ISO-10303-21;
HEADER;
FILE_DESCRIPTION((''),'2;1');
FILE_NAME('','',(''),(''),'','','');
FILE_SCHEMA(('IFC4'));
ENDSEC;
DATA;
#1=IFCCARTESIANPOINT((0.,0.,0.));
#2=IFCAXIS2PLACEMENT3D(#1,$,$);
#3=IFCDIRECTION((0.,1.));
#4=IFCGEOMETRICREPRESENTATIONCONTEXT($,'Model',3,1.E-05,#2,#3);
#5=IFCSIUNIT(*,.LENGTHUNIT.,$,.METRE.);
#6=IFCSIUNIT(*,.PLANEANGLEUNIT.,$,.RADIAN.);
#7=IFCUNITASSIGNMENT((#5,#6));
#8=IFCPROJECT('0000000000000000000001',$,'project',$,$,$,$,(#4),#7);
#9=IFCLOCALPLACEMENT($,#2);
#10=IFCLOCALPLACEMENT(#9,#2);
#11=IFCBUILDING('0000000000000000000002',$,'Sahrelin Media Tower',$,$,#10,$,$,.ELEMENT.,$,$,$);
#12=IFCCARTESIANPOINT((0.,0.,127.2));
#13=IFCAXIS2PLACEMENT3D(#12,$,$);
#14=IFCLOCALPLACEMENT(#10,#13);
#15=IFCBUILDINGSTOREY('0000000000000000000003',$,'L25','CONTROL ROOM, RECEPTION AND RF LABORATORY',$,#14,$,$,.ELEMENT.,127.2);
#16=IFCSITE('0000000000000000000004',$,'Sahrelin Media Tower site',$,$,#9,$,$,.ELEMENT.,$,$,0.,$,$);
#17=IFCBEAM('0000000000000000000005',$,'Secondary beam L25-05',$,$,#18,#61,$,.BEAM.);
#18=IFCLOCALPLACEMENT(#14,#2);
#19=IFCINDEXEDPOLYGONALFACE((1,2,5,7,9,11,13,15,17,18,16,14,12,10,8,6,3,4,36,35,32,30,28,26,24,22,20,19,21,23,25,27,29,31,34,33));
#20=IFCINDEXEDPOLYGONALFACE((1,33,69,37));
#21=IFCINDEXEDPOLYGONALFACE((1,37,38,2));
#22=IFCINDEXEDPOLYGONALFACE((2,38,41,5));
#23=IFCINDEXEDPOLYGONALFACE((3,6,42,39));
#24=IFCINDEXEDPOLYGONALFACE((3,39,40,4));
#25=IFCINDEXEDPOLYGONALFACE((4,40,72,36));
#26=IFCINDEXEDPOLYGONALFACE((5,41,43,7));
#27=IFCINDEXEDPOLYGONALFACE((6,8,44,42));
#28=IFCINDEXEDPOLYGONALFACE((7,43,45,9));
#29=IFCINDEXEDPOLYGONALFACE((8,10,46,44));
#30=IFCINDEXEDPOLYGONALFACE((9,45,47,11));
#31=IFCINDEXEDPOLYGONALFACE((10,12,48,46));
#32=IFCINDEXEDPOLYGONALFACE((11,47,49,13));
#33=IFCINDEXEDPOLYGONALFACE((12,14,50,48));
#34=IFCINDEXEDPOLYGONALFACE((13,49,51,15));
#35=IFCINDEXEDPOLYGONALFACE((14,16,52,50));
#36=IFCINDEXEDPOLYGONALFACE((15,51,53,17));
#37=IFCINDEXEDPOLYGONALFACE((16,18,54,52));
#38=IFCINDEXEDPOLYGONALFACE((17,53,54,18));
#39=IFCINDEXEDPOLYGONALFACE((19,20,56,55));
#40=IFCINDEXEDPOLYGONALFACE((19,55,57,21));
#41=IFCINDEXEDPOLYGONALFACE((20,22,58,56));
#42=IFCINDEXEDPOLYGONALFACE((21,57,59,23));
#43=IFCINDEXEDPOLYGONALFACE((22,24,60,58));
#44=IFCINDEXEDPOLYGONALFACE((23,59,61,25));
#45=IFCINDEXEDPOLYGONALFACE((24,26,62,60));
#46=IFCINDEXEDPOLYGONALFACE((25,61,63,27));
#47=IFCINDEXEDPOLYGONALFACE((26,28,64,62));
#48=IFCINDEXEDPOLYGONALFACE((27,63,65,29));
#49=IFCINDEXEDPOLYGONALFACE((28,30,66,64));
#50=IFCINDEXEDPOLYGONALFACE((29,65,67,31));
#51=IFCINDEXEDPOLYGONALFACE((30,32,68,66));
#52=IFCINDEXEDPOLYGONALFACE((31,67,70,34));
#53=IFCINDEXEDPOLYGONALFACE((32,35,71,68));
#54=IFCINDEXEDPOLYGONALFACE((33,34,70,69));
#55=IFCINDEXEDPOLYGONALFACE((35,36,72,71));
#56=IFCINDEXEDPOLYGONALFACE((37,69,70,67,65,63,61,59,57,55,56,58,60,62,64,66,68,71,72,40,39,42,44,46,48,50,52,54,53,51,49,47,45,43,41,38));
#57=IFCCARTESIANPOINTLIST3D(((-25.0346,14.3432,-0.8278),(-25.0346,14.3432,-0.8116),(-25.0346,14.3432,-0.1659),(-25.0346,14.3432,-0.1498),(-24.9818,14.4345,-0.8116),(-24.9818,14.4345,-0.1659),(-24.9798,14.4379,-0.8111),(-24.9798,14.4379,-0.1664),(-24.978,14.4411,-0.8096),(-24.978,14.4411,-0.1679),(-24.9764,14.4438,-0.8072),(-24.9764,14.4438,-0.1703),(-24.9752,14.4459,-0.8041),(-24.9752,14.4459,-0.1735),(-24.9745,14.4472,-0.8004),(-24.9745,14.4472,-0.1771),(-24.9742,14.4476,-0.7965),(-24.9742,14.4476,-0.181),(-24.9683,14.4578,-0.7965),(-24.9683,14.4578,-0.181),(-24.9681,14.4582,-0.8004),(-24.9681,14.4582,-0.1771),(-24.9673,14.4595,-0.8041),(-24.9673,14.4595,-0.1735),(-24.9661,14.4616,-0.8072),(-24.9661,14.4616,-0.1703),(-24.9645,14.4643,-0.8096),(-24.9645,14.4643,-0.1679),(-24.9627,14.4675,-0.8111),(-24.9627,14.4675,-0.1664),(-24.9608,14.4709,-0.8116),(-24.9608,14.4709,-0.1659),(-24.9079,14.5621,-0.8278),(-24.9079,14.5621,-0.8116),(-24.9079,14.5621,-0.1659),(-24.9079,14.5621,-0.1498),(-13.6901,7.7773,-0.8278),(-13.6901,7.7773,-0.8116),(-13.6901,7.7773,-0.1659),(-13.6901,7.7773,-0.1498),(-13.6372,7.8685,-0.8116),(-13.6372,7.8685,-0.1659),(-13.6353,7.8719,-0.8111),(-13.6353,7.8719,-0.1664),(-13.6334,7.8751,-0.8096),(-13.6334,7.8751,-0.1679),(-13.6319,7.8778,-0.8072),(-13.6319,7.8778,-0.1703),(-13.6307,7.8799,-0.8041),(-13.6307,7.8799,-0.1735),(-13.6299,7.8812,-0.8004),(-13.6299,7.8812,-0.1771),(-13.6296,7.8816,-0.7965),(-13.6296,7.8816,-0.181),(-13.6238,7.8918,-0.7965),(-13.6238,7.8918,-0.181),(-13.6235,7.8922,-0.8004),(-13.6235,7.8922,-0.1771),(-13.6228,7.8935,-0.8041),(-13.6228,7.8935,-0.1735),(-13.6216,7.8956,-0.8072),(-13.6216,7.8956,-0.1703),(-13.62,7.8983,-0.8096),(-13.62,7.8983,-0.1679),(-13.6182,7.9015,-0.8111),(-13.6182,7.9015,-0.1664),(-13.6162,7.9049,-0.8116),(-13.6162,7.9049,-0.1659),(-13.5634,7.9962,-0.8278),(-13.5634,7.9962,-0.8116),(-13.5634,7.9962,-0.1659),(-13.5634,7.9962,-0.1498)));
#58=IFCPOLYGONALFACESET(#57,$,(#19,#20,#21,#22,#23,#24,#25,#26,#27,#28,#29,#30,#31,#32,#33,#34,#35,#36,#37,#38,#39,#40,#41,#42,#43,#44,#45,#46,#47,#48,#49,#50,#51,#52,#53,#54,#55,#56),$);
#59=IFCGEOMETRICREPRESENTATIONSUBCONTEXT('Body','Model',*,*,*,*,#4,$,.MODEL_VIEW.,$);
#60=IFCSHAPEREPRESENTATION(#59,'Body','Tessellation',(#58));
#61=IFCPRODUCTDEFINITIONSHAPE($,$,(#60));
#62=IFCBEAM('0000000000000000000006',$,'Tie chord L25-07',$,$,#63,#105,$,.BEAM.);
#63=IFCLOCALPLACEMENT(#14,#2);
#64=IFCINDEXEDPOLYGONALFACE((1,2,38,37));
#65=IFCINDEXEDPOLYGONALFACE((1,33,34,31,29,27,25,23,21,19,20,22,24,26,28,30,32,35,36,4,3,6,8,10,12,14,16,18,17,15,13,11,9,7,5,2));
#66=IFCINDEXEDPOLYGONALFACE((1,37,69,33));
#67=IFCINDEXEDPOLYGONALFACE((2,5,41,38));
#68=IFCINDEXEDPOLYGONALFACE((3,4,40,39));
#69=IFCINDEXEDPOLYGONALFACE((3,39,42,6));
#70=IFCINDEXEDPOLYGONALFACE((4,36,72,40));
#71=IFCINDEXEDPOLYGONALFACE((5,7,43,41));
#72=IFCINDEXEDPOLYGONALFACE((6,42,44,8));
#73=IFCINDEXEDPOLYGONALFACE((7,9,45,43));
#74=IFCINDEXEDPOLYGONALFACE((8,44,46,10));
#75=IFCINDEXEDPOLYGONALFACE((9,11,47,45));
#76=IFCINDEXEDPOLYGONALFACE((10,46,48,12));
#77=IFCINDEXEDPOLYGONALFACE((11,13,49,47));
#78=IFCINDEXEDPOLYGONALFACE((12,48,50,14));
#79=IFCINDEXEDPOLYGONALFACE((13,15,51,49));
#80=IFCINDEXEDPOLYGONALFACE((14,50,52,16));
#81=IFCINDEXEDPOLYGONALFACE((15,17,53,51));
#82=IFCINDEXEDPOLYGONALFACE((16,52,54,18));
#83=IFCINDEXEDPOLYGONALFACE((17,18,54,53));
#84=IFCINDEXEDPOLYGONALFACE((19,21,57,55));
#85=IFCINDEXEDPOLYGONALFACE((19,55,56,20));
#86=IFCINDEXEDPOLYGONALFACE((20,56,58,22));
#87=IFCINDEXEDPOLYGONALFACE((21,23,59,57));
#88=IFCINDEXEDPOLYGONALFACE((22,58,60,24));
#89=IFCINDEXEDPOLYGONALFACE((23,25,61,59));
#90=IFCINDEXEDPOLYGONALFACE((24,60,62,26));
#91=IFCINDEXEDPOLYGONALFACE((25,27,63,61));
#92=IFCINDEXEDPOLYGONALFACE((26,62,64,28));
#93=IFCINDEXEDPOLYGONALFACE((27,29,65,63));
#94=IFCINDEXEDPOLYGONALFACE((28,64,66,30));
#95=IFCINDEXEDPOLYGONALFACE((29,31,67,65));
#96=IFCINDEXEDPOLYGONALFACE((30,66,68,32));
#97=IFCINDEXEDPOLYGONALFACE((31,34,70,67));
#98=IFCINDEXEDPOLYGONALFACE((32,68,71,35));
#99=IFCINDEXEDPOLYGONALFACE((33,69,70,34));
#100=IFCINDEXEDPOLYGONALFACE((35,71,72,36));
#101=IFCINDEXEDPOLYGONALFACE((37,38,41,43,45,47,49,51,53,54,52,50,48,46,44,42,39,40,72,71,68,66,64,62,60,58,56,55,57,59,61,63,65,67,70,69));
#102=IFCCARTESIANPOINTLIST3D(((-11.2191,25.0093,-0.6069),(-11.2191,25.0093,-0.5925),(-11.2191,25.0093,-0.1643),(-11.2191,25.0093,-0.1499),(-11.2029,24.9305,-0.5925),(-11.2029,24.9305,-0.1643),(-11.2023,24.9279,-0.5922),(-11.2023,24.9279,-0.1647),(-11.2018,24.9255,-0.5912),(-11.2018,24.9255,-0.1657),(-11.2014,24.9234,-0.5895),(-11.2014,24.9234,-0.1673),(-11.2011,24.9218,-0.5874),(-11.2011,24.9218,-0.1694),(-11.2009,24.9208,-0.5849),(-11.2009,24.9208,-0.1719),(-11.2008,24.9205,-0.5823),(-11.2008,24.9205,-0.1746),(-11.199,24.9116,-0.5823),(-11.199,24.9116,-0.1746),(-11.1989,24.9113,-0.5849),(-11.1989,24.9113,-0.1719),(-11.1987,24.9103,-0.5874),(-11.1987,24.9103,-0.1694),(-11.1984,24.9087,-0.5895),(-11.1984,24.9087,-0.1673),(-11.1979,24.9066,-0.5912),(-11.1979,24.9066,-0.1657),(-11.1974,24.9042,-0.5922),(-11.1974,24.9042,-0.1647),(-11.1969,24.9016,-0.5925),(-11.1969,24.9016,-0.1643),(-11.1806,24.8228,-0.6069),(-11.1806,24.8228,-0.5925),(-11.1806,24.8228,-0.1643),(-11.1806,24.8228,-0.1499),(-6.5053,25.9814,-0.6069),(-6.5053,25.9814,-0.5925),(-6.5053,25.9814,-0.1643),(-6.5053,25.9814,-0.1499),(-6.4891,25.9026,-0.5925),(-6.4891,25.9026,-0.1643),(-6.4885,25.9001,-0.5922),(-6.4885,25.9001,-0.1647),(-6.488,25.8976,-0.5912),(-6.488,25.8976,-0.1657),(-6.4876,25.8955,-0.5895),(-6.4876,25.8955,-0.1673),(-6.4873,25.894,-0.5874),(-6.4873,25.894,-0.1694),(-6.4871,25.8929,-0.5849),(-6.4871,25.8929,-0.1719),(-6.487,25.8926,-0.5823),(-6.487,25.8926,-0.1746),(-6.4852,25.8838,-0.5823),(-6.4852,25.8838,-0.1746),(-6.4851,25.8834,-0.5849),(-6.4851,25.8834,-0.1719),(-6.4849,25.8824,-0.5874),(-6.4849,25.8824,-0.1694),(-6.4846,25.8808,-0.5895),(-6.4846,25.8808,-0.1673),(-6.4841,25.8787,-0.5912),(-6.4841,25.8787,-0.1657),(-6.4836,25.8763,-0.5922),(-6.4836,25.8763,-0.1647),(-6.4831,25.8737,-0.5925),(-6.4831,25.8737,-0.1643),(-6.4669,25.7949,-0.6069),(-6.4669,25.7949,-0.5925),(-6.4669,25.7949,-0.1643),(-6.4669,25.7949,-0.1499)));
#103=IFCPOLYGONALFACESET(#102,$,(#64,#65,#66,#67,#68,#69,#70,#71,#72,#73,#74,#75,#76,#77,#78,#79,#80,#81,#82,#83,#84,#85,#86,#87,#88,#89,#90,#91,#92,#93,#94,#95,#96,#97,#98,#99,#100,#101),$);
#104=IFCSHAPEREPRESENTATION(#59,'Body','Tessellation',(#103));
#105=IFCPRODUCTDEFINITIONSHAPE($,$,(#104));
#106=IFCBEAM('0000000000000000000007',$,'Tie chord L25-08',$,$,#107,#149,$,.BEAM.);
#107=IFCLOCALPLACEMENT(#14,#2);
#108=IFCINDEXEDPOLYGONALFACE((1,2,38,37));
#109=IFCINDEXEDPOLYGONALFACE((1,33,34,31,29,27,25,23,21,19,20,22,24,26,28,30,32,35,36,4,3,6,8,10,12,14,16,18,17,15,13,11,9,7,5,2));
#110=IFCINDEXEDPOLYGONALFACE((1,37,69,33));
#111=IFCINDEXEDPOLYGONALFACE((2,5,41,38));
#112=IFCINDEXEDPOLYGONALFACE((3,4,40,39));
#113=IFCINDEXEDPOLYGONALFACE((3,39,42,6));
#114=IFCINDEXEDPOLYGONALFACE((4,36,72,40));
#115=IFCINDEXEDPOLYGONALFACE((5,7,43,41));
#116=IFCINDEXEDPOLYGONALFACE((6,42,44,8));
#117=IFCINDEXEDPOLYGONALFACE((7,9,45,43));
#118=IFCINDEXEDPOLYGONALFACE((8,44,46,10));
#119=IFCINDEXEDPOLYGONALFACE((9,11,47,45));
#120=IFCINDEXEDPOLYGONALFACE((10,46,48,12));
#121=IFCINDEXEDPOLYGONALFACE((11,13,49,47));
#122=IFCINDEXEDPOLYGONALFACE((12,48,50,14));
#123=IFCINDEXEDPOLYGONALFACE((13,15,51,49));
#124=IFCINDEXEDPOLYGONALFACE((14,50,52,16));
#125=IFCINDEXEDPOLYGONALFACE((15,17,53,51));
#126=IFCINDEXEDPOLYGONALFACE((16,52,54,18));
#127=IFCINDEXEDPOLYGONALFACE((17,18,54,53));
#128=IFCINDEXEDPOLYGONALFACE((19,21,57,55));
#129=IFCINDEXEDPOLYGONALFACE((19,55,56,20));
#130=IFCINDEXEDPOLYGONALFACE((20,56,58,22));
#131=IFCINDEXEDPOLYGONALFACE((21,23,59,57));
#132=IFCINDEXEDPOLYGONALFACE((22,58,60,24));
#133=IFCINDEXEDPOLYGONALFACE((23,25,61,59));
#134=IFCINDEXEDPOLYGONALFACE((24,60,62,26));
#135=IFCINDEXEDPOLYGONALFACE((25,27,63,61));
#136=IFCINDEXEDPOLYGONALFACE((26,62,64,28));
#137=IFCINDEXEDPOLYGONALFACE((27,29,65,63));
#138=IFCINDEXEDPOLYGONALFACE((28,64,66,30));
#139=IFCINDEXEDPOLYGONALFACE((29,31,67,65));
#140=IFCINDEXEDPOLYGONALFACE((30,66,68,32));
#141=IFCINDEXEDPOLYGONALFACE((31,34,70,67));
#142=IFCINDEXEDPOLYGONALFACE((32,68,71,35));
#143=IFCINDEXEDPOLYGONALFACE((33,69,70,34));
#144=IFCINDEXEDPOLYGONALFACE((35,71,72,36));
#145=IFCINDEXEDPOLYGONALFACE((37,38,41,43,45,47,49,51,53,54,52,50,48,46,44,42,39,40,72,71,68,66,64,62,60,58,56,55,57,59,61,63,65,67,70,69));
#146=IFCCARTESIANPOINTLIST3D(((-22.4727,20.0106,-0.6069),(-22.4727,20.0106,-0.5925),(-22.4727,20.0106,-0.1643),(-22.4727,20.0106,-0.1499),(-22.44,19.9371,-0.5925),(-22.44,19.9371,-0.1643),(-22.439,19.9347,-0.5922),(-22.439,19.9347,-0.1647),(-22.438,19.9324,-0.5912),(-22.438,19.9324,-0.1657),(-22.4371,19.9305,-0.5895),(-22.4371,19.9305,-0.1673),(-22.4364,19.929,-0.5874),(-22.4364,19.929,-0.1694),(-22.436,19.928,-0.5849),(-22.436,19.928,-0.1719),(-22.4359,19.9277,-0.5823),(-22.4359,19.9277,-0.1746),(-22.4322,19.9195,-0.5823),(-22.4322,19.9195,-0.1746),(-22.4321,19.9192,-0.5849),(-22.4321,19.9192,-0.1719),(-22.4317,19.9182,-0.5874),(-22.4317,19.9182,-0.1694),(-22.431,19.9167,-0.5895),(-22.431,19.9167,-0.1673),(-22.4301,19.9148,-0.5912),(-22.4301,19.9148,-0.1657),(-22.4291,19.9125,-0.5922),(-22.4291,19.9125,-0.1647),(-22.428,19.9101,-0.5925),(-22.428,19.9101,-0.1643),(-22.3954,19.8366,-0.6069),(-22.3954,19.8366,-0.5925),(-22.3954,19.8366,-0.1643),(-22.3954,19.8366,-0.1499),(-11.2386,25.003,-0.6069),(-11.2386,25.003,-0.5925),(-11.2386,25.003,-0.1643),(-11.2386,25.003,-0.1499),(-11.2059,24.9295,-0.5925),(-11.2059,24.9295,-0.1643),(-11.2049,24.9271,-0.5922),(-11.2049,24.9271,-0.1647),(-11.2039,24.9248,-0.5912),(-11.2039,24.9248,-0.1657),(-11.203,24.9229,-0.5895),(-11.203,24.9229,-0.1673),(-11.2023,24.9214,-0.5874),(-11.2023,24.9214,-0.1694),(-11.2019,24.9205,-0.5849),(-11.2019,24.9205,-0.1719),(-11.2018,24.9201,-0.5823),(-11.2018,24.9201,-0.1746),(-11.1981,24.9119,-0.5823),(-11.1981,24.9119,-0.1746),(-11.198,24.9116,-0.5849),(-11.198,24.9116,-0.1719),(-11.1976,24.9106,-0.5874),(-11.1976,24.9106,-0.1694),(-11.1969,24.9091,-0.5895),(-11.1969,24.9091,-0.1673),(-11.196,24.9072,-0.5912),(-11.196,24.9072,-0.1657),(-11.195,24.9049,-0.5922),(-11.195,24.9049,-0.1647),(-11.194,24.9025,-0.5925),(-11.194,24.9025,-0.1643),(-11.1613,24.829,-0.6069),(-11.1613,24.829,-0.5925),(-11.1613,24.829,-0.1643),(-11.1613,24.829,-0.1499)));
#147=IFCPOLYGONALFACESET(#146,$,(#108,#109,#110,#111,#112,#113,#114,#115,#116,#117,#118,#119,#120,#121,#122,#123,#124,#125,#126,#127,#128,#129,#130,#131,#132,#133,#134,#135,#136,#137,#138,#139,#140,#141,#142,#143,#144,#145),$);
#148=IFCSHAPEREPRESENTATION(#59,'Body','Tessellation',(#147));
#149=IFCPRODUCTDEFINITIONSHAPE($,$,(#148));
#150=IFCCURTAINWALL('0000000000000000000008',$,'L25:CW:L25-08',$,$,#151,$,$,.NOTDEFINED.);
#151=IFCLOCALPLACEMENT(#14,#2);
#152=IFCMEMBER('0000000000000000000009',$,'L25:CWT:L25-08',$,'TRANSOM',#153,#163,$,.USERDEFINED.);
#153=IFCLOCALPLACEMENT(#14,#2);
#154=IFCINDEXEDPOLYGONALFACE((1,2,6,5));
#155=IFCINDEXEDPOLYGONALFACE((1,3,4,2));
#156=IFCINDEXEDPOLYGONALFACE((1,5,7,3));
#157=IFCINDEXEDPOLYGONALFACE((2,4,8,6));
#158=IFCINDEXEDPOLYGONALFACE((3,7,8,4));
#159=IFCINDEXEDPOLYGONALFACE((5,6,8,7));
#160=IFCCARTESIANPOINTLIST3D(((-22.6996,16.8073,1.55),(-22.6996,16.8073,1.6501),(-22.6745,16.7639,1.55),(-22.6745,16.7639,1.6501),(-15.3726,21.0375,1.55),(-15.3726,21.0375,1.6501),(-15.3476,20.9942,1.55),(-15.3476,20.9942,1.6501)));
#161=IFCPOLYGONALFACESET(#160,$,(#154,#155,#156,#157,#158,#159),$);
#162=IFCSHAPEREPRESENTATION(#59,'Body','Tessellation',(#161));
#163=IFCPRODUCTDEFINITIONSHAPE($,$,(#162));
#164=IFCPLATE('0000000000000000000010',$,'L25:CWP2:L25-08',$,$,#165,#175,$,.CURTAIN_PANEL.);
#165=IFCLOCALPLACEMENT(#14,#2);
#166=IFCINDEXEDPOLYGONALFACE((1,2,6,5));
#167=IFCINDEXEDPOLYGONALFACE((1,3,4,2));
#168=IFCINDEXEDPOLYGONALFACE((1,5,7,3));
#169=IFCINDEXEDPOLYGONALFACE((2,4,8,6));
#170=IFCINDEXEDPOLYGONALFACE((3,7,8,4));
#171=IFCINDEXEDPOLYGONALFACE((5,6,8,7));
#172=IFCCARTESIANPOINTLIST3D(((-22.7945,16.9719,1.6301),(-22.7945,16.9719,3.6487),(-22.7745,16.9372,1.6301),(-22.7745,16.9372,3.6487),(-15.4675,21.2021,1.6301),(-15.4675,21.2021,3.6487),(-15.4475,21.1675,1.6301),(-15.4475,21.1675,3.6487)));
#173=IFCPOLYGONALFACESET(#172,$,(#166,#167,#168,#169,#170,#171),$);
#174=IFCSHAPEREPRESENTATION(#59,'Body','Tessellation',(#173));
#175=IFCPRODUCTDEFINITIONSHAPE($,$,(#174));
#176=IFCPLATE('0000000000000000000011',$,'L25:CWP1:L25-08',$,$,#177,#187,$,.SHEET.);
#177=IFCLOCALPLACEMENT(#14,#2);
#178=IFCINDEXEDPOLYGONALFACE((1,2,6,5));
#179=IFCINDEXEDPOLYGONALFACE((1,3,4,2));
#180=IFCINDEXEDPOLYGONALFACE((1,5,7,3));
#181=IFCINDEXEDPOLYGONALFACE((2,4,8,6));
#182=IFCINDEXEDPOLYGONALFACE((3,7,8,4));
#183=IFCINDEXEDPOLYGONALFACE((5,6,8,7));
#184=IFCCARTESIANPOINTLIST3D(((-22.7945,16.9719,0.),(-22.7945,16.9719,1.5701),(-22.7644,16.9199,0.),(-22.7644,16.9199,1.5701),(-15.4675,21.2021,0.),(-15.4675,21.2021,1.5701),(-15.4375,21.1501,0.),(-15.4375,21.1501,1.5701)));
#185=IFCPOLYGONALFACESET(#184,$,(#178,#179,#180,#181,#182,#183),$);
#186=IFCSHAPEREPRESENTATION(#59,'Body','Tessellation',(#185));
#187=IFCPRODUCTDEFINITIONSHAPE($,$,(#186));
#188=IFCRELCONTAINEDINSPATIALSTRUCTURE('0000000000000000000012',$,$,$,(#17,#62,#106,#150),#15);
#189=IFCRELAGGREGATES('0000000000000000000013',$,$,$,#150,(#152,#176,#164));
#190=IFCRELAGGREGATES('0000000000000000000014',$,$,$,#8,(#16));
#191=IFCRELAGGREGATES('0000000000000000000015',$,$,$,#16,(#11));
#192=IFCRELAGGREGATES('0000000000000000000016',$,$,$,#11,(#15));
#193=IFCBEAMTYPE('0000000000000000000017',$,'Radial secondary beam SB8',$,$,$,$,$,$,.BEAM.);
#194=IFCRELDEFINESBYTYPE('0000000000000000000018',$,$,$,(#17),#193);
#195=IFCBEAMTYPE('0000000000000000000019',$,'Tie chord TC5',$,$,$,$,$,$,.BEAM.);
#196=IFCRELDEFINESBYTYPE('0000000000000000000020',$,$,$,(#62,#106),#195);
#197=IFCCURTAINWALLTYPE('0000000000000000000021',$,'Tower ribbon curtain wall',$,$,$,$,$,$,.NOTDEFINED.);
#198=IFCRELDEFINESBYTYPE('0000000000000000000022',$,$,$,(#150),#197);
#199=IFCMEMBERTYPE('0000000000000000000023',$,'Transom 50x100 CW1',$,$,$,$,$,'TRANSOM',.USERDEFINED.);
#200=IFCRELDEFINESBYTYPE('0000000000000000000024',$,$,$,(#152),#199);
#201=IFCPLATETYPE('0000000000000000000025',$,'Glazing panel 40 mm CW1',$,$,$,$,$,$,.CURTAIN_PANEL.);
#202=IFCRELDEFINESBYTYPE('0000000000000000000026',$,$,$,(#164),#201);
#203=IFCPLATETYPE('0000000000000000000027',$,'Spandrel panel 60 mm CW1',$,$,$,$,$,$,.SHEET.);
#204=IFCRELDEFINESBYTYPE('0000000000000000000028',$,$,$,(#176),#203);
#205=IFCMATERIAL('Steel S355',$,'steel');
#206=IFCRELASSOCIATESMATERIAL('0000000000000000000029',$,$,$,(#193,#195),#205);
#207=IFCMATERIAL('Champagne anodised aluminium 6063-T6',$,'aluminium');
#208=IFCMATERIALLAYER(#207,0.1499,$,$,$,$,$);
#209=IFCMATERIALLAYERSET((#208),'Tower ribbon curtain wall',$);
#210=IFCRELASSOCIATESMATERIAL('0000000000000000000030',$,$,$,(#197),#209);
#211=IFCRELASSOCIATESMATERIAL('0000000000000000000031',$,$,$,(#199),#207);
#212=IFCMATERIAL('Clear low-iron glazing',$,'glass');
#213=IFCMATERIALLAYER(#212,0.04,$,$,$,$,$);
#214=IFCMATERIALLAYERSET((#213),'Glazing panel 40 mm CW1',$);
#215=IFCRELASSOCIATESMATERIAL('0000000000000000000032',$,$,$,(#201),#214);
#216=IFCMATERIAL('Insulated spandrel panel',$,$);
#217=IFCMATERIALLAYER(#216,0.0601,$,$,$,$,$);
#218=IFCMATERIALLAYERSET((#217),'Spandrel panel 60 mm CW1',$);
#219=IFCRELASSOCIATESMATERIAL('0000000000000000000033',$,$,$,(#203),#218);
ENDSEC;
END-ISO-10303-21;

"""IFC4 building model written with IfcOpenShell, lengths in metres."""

from ifc_helpers import new_model, si_unit, direction, frame, origin, origin_2d, place, context, subcontext, project, spatial, polyline, rectangle, i_section, outline, extrude, material, layer, layer_set, material_profile, profile_set, type_object, element, aggregate, save


model = new_model("IFC4")

# Units and contexts
model_context = context("Model", 3, precision=1e-05, world=origin(), true_north=direction((0.0, 1.0)))
body_context = subcontext(model_context, "Body", "Model", "MODEL_VIEW")
ifc_project = project(units=[si_unit("LENGTHUNIT", "METRE"), si_unit("PLANEANGLEUNIT", "RADIAN")], contexts=[model_context])

# Site, building, storey
site_placement = place(None, origin())
site = spatial("IfcSite", under=ifc_project, at=site_placement, Name="Sahrelin Media Tower site", CompositionType="ELEMENT", RefElevation=0.0)
building_placement = place(site_placement, origin())
building = spatial("IfcBuilding", under=site, at=building_placement, Name="Sahrelin Media Tower", CompositionType="ELEMENT")
storey_placement = place(building_placement, frame((0.0, 0.0, 127.2)))
storey = spatial("IfcBuildingStorey", under=building, at=storey_placement, Name="L25", Description="CONTROL ROOM, RECEPTION AND RF LABORATORY", CompositionType="ELEMENT", Elevation=127.2)

# Beams
ifc_material_1 = material(Name="Steel S355", Category="steel")
ifc_material_profile_1 = material_profile(ifc_material_1, i_section(OverallWidth=0.2529, OverallDepth=0.678, WebThickness=0.0117, FlangeThickness=0.0161, FilletRadius=0.0151, at=origin_2d()), Name="UB 686x254x125")
ifc_profile_set_1 = profile_set([ifc_material_profile_1], Name="Steel S355")
beam_type_1 = type_object("IfcBeamType", Name="Radial secondary beam SB8", PredefinedType="BEAM", material=ifc_profile_set_1)
beam_1_placement = place(storey_placement, frame((-13.6267, 7.8867, -0.4888), z_axis=(-0.86549, 0.500925, 0.0), x_axis=(-0.500925, -0.86549, 0.0)))
element("IfcBeam", 1, at=beam_1_placement, inside=storey, type_object=beam_type_1, Name="Secondary beam L25-05", PredefinedType="BEAM", context=body_context, shape_type="SweptSolid", body=[
    extrude(i_section(OverallWidth=0.2529, OverallDepth=0.678, WebThickness=0.0117, FlangeThickness=0.0161, FilletRadius=0.0151, at=origin_2d()), origin(), (0.0, 0.0, 1.0), 13.1077),
])
ifc_material_profile_2 = material_profile(ifc_material_1, i_section(OverallWidth=0.1904, OverallDepth=0.457, WebThickness=0.009, FlangeThickness=0.0144, FilletRadius=0.0103, at=origin_2d()), Name="UB 457x191x74")
ifc_profile_set_2 = profile_set([ifc_material_profile_2], Name="Steel S355")
beam_type_2 = type_object("IfcBeamType", Name="Tie chord TC5", PredefinedType="BEAM", material=ifc_profile_set_2)
beam_2_placement = place(storey_placement, frame((-6.4861, 25.8882, -0.3784), z_axis=(-0.979389, -0.201985, 0.0), x_axis=(0.201985, -0.979389, 0.0)))
element("IfcBeam", 2, at=beam_2_placement, inside=storey, type_object=beam_type_2, Name="Tie chord L25-07", PredefinedType="BEAM", context=body_context, shape_type="SweptSolid", body=[
    extrude(i_section(OverallWidth=0.1904, OverallDepth=0.457, WebThickness=0.009, FlangeThickness=0.0144, FilletRadius=0.0103, at=origin_2d()), origin(), (0.0, 0.0, 1.0), 4.813),
])
beam_3_placement = place(storey_placement, frame((-11.2, 24.916, -0.3784), z_axis=(-0.913827, -0.406103, 0.0), x_axis=(0.406103, -0.913827, 0.0)))
element("IfcBeam", 3, at=beam_3_placement, inside=storey, type_object=beam_type_2, Name="Tie chord L25-08", PredefinedType="BEAM", context=body_context, shape_type="SweptSolid", body=[
    extrude(i_section(OverallWidth=0.1904, OverallDepth=0.457, WebThickness=0.009, FlangeThickness=0.0144, FilletRadius=0.0103, at=origin_2d()), origin(), (0.0, 0.0, 1.0), 12.2935),
])

# Curtain wall, member, plates
ifc_material_2 = material(Name="Champagne anodised aluminium 6063-T6", Category="aluminium")
ifc_layer_1 = layer(ifc_material_2, 0.1499)
ifc_layer_set_1 = layer_set([ifc_layer_1], Name="Tower ribbon curtain wall")
curtain_wall_type = type_object("IfcCurtainWallType", Name="Tower ribbon curtain wall", PredefinedType="NOTDEFINED", material=ifc_layer_set_1)
curtain_wall_placement = place(storey_placement, frame((-19.1211, 19.0696, 0.0), z_axis=(0.0, 0.0, 1.0), x_axis=(1.0, 0.0, 0.0)))
curtain_wall = element("IfcCurtainWall", 4, at=curtain_wall_placement, inside=storey, type_object=curtain_wall_type, Name="L25:CW:L25-08", PredefinedType="NOTDEFINED")
ifc_material_profile_3 = material_profile(ifc_material_2, rectangle(XDim=0.05, YDim=0.1001, at=origin_2d()), Name="Transom 50x100")
ifc_profile_set_3 = profile_set([ifc_material_profile_3], Name="Champagne anodised aluminium 6063-T6")
member_type = type_object("IfcMemberType", Name="Transom 50x100 CW1", ElementType="TRANSOM", PredefinedType="USERDEFINED", material=ifc_profile_set_3)
member_placement = place(storey_placement, frame((-15.3601, 21.0159, 1.6001), z_axis=(-0.866024, -0.500003, 0.0), x_axis=(0.500003, -0.866024, 0.0)))
member = element("IfcMember", 5, at=member_placement, type_object=member_type, Name="L25:CWT:L25-08", ObjectType="TRANSOM", PredefinedType="USERDEFINED", context=body_context, shape_type="SweptSolid", body=[
    extrude(rectangle(XDim=0.05, YDim=0.1001, at=origin_2d()), origin(), (0.0, 0.0, 1.0), 8.4604),
])
ifc_material_3 = material(Name="Clear low-iron glazing", Category="glass")
ifc_layer_2 = layer(ifc_material_3, 0.04)
ifc_layer_set_2 = layer_set([ifc_layer_2], Name="Glazing panel 40 mm CW1")
plate_type_1 = type_object("IfcPlateType", Name="Glazing panel 40 mm CW1", PredefinedType="CURTAIN_PANEL", material=ifc_layer_set_2)
plate_1_placement = place(storey_placement, frame((-15.4675, 21.2021, 1.6301), z_axis=(-0.500003, 0.866024, 0.0), x_axis=(-0.866024, -0.500003, 0.0)))
plate_1 = element("IfcPlate", 6, at=plate_1_placement, type_object=plate_type_1, Name="L25:CWP2:L25-08", PredefinedType="CURTAIN_PANEL", context=body_context, shape_type="SweptSolid", body=[
    extrude(outline(polyline([(0.0, 0.0), (8.4604, 0.0), (8.4604, 2.0186), (0.0, 2.0186), (0.0, 0.0)])), origin(), (0.0, 0.0, -1.0), 0.04),
])
ifc_material_4 = material(Name="Insulated spandrel panel")
ifc_layer_3 = layer(ifc_material_4, 0.0601)
ifc_layer_set_3 = layer_set([ifc_layer_3], Name="Spandrel panel 60 mm CW1")
plate_type_2 = type_object("IfcPlateType", Name="Spandrel panel 60 mm CW1", PredefinedType="SHEET", material=ifc_layer_set_3)
plate_2_placement = place(storey_placement, frame((-15.4675, 21.2021, 0.0), z_axis=(-0.500003, 0.866024, 0.0), x_axis=(-0.866024, -0.500003, 0.0)))
plate_2 = element("IfcPlate", 7, at=plate_2_placement, type_object=plate_type_2, Name="L25:CWP1:L25-08", PredefinedType="SHEET", context=body_context, shape_type="SweptSolid", body=[
    extrude(outline(polyline([(0.0, 0.0), (8.4604, 0.0), (8.4604, 1.5701), (0.0, 1.5701), (0.0, 0.0)])), origin(), (0.0, 0.0, -1.0), 0.0601),
])
aggregate(curtain_wall, [member, plate_2, plate_1])

save(model, "model.ifc")
